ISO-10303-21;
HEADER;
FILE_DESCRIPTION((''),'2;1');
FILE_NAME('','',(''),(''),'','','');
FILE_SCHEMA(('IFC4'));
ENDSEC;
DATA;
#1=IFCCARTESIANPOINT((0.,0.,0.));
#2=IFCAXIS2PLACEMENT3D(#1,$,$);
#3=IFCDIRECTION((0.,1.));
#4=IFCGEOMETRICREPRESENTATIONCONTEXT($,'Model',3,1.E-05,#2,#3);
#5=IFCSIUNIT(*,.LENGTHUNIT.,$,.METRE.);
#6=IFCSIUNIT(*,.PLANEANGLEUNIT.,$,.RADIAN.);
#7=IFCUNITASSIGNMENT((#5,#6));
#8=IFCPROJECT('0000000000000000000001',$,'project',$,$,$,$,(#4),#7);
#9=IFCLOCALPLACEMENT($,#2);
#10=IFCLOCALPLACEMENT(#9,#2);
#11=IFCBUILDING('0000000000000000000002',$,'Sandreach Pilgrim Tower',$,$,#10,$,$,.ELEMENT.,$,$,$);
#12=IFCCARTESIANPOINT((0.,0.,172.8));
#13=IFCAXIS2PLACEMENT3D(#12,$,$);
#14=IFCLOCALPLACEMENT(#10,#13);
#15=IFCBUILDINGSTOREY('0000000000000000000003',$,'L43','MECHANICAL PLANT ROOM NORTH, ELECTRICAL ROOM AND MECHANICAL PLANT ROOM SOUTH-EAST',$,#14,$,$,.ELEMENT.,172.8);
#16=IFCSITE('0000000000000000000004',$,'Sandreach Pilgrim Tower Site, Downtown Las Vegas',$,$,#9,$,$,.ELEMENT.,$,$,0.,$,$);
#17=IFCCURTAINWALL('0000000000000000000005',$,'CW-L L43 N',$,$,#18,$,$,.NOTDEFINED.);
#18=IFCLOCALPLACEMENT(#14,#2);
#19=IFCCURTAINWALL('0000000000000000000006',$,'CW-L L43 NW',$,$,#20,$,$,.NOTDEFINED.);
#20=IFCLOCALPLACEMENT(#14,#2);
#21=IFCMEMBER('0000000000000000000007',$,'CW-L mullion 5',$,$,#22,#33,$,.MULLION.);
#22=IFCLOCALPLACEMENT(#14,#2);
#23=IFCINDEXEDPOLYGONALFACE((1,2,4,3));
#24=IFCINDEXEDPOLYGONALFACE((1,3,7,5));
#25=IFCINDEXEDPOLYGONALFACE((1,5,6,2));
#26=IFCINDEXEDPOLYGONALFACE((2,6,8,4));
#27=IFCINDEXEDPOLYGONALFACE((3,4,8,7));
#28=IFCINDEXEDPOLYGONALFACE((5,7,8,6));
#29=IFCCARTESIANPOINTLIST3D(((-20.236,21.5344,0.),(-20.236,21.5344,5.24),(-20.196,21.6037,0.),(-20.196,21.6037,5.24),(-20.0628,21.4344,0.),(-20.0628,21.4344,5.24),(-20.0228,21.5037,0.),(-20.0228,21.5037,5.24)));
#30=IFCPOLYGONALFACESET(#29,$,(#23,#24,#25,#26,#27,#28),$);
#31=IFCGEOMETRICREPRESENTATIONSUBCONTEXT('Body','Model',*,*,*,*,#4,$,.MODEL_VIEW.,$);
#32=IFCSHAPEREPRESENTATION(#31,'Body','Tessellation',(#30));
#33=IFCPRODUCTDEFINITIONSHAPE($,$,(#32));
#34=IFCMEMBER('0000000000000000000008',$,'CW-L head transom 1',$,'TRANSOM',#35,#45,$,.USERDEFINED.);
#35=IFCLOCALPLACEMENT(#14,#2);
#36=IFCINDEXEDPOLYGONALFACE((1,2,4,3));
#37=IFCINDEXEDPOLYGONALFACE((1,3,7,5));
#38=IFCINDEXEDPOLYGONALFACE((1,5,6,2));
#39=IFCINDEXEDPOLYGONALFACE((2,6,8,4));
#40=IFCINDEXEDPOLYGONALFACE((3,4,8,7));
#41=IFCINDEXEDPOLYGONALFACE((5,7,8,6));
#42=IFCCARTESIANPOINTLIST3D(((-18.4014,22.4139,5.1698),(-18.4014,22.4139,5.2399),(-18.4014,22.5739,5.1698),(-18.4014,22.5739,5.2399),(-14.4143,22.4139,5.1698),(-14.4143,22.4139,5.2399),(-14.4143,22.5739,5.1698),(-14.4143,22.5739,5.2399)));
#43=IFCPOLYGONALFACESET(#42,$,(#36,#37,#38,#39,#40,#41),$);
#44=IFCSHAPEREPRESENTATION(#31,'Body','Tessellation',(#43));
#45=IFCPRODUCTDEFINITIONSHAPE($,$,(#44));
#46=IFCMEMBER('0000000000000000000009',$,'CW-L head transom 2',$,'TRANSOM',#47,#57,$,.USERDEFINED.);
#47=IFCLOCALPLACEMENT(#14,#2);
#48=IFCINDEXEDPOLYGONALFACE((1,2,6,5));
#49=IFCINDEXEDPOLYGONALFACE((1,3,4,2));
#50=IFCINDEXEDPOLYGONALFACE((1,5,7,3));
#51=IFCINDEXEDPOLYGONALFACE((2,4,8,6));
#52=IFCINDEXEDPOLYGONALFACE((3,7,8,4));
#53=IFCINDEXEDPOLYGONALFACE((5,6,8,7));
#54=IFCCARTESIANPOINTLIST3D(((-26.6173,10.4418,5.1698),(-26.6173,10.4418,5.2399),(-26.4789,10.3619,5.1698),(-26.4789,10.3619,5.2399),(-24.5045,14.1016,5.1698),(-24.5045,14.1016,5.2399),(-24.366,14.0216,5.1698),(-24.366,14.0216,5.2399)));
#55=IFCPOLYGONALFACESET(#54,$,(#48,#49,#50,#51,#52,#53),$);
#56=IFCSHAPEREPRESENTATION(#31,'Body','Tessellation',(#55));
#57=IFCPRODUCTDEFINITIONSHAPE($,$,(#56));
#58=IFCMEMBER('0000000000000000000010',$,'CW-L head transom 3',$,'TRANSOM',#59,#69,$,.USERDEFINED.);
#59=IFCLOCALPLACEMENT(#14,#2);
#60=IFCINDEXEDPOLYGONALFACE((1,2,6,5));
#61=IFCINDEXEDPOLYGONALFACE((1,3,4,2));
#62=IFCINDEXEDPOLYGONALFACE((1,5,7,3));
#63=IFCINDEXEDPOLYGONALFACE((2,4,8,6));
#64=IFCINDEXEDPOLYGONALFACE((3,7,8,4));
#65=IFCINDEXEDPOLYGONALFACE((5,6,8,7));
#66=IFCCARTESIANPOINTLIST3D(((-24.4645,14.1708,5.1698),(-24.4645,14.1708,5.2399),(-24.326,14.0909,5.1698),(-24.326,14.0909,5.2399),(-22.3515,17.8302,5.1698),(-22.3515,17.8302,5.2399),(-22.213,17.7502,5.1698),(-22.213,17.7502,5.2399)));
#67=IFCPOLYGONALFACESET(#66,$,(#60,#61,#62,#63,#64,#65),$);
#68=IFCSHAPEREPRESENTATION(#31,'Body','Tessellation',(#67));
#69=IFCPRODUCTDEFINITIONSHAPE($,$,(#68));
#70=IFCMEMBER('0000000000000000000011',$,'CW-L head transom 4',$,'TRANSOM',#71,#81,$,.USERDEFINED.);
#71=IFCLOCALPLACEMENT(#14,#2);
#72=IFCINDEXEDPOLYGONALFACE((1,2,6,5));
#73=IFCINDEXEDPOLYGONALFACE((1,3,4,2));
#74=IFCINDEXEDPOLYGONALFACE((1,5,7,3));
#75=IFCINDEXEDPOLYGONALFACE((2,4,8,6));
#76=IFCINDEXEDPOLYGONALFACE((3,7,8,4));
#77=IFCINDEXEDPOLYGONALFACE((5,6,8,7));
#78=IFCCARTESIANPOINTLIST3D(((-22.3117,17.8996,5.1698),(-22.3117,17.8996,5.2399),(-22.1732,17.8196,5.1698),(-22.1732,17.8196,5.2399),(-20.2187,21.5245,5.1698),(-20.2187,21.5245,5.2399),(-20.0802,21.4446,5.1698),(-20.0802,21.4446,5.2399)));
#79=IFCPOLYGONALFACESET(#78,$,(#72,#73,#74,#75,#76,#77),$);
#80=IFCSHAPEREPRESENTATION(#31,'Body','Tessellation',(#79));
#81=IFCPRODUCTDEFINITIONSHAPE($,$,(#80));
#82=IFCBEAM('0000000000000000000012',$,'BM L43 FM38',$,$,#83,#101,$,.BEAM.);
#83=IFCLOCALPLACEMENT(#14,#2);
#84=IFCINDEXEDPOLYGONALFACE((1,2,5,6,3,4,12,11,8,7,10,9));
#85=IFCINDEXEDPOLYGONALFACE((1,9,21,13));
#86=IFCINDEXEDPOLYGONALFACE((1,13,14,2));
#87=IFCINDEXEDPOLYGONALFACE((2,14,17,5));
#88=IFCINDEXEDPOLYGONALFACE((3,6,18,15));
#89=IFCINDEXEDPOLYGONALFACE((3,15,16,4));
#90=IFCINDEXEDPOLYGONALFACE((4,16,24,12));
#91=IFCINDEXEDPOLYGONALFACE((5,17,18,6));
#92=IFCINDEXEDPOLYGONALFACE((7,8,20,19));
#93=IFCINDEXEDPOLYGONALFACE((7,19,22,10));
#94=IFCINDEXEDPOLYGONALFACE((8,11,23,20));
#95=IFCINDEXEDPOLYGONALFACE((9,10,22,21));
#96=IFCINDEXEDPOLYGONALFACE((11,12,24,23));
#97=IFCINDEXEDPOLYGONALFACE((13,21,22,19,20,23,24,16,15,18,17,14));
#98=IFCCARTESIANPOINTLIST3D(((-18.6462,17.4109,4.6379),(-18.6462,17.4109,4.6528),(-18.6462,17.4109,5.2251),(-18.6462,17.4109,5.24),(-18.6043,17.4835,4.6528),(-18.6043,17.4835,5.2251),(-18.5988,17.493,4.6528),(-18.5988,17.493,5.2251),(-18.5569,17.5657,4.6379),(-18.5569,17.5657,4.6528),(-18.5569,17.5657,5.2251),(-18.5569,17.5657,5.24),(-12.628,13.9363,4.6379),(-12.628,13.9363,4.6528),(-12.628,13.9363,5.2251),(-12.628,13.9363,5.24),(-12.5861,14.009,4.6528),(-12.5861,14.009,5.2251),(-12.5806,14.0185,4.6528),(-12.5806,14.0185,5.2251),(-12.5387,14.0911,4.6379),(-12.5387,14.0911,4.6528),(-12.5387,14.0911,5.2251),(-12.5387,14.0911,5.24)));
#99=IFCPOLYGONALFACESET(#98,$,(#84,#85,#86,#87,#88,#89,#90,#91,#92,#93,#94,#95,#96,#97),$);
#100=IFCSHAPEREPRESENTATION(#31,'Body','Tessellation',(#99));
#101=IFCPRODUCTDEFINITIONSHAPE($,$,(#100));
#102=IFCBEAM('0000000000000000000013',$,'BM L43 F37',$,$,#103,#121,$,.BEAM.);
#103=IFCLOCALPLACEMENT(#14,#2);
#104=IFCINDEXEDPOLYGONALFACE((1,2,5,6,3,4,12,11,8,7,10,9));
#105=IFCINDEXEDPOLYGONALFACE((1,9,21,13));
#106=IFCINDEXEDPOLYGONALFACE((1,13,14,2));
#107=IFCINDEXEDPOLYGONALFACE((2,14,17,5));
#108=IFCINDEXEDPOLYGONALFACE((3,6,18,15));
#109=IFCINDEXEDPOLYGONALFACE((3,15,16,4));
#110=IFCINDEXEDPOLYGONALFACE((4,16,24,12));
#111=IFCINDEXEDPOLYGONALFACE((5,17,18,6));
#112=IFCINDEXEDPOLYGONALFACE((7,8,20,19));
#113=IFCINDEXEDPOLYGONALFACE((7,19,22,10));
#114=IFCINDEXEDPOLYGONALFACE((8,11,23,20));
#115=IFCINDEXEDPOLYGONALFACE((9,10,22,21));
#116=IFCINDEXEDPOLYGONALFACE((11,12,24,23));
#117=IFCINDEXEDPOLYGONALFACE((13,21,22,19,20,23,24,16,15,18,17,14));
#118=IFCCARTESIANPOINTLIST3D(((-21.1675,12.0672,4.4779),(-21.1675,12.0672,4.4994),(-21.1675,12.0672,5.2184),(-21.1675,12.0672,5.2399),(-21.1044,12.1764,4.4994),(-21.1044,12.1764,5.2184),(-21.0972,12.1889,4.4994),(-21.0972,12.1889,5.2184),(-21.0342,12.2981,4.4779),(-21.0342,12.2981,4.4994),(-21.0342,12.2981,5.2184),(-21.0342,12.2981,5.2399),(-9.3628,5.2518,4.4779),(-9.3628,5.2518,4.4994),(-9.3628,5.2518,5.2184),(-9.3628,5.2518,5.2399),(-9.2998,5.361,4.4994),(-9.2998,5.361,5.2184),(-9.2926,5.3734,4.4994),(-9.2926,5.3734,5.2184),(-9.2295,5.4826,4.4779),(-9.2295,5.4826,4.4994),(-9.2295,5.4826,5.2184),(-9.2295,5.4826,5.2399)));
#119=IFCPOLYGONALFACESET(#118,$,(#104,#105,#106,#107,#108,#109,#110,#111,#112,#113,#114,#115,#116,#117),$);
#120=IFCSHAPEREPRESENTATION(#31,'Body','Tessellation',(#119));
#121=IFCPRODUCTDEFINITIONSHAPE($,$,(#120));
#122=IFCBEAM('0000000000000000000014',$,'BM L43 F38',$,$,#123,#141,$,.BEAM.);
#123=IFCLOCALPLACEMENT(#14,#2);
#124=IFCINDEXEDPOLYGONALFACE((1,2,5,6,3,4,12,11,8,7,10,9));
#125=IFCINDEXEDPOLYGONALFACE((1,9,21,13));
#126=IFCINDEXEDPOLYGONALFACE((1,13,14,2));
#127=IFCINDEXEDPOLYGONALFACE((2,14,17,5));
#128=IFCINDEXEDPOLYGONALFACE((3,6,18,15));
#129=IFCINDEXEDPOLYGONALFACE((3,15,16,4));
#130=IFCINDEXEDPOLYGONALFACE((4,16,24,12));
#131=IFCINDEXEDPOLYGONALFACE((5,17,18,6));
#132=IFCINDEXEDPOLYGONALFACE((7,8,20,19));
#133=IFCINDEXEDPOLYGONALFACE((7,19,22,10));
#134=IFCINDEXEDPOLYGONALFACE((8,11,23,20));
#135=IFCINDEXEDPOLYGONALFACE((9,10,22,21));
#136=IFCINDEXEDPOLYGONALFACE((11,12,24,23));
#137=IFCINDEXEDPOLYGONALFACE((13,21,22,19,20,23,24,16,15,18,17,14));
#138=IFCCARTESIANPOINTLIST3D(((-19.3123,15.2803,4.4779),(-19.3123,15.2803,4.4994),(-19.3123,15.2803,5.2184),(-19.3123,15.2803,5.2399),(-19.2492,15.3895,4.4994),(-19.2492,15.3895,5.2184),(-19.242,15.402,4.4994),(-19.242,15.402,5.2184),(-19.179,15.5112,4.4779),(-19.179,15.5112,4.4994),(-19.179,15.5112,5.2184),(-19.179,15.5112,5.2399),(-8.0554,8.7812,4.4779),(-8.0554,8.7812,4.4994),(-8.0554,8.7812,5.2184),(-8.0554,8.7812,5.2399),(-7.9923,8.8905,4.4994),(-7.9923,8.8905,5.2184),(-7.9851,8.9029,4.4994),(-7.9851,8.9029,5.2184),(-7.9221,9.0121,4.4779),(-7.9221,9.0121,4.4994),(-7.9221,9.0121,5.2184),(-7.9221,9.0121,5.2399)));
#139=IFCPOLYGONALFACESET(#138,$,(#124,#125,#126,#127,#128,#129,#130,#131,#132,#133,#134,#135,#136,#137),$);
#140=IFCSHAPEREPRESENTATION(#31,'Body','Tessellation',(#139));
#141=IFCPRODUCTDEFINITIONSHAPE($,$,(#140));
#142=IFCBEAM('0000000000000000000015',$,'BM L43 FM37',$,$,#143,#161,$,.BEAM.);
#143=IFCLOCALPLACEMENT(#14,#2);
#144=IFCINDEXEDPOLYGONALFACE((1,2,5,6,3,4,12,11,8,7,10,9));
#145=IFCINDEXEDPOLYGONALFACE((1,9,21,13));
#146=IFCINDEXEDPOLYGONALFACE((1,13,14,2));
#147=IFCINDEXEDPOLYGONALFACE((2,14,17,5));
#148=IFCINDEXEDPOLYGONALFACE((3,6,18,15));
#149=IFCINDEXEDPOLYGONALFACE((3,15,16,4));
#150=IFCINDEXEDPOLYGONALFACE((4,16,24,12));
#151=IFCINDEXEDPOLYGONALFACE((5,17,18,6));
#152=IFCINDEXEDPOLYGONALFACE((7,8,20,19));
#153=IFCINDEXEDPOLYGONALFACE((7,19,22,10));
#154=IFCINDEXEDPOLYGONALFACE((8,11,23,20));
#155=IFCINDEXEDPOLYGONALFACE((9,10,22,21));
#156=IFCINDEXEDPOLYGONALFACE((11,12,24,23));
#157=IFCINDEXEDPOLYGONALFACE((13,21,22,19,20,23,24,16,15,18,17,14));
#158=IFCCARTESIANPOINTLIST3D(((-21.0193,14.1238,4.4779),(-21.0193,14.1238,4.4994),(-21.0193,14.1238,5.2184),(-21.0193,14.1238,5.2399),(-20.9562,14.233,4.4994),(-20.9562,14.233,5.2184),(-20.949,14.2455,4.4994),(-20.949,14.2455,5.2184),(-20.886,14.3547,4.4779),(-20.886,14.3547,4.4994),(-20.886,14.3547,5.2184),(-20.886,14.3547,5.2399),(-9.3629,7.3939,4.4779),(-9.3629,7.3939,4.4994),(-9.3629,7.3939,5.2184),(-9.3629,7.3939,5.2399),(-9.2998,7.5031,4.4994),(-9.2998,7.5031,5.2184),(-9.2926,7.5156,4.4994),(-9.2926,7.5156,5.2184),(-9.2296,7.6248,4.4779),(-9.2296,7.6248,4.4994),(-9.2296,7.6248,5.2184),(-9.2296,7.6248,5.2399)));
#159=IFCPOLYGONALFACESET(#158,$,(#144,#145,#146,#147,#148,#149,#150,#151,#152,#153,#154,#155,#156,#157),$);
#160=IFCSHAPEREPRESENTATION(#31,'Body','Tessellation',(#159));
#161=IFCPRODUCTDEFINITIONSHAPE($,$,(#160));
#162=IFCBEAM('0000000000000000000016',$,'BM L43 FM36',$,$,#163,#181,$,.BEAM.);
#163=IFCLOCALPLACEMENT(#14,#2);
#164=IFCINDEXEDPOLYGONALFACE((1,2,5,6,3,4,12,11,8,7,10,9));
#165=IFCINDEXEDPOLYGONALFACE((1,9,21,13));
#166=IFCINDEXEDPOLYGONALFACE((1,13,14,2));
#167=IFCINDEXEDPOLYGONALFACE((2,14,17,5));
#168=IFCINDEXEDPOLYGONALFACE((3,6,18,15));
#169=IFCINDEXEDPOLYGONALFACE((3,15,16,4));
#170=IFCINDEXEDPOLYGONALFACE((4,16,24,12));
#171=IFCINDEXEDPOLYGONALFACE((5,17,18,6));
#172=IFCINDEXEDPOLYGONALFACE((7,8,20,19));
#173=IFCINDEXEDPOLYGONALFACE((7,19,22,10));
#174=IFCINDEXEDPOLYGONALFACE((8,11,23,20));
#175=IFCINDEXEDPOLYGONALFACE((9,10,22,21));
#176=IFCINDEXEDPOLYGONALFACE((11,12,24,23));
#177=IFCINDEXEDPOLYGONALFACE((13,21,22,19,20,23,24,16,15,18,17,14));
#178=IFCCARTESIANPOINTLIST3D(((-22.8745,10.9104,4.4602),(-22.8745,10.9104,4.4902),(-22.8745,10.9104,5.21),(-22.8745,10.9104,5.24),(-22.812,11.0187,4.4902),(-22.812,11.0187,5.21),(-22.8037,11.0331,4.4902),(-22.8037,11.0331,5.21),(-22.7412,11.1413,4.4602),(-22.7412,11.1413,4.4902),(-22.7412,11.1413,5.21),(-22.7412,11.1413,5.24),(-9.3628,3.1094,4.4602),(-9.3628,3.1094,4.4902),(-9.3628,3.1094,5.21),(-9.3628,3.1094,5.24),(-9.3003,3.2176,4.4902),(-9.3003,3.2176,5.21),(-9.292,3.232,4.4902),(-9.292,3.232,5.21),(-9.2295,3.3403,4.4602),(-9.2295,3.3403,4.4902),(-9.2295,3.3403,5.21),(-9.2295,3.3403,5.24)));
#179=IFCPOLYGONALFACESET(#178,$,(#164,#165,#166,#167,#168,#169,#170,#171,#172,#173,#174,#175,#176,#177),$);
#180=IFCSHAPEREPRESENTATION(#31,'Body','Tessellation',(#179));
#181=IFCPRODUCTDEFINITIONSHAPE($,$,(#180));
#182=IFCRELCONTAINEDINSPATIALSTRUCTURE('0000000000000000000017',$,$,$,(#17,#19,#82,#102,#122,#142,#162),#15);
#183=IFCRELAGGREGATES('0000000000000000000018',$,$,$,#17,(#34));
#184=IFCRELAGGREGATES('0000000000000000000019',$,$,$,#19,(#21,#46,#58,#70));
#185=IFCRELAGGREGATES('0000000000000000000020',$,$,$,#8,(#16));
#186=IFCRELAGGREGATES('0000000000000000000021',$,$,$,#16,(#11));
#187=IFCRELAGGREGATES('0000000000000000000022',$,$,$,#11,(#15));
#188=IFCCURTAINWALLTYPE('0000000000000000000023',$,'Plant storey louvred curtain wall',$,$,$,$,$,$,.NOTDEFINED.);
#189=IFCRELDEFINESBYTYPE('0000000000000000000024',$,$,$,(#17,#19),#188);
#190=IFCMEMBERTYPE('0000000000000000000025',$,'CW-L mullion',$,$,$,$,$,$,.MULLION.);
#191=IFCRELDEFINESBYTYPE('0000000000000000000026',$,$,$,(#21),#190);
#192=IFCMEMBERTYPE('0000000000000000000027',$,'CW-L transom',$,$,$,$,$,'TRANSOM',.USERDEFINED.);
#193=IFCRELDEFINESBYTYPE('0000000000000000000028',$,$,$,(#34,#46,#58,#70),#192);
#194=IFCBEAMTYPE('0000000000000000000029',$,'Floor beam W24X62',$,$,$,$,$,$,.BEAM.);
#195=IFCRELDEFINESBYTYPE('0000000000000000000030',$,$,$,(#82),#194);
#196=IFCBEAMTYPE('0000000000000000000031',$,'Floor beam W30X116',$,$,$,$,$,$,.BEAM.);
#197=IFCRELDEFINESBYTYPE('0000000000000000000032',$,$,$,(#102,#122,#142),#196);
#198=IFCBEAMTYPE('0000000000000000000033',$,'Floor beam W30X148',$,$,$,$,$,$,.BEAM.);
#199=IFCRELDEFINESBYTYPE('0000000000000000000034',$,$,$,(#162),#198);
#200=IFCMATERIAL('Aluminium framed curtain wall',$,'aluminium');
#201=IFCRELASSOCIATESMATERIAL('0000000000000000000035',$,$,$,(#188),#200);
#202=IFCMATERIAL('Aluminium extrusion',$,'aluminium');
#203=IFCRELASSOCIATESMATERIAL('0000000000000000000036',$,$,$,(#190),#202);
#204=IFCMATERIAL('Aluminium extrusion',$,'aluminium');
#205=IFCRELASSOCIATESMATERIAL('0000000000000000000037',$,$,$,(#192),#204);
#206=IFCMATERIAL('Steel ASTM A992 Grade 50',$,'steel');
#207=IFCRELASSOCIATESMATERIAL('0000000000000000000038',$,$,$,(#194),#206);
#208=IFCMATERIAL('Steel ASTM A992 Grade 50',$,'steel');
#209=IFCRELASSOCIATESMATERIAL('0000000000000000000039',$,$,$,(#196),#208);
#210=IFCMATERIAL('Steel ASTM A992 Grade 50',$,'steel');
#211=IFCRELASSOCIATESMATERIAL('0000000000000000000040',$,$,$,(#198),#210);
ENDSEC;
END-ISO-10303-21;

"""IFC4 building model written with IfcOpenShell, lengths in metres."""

from ifc_helpers import new_model, si_unit, direction, frame, origin, origin_2d, place, context, subcontext, project, spatial, rectangle, i_section, extrude, material, material_profile, profile_set, type_object, element, aggregate, save


model = new_model("IFC4")

# Units and contexts
model_context = context("Model", 3, precision=1e-05, world=origin(), true_north=direction((0.0, 1.0)))
body_context = subcontext(model_context, "Body", "Model", "MODEL_VIEW")
ifc_project = project(units=[si_unit("LENGTHUNIT", "METRE"), si_unit("PLANEANGLEUNIT", "RADIAN")], contexts=[model_context])

# Site, building, storey
site_placement = place(None, origin())
site = spatial("IfcSite", under=ifc_project, at=site_placement, Name="Sandreach Pilgrim Tower Site, Downtown Las Vegas", CompositionType="ELEMENT", RefElevation=0.0)
building_placement = place(site_placement, origin())
building = spatial("IfcBuilding", under=site, at=building_placement, Name="Sandreach Pilgrim Tower", CompositionType="ELEMENT")
storey_placement = place(building_placement, frame((0.0, 0.0, 172.8)))
storey = spatial("IfcBuildingStorey", under=building, at=storey_placement, Name="L43", Description="MECHANICAL PLANT ROOM NORTH, ELECTRICAL ROOM AND MECHANICAL PLANT ROOM SOUTH-EAST", CompositionType="ELEMENT", Elevation=172.8)

# Curtain wall
ifc_material_1 = material(Name="Aluminium framed curtain wall", Category="aluminium")
curtain_wall_type = type_object("IfcCurtainWallType", Name="Plant storey louvred curtain wall", PredefinedType="NOTDEFINED", material=ifc_material_1)
curtain_wall_1_placement = place(storey_placement, origin())
curtain_wall_1 = element("IfcCurtainWall", 1, at=curtain_wall_1_placement, inside=storey, type_object=curtain_wall_type, Name="CW-L L43 N", PredefinedType="NOTDEFINED")
ifc_material_2 = material(Name="Aluminium extrusion", Category="aluminium")
ifc_material_profile_1 = material_profile(ifc_material_2, rectangle(XDim=0.0801, YDim=0.2, at=origin_2d()), Name="CW-LM 80X200")
ifc_profile_set_1 = profile_set([ifc_material_profile_1], Name="Aluminium extrusion")
member_type_1 = type_object("IfcMemberType", Name="CW-L mullion", PredefinedType="MULLION", material=ifc_profile_set_1)

# Curtain wall, member
curtain_wall_2_placement = place(storey_placement, origin())
curtain_wall_2 = element("IfcCurtainWall", 2, at=curtain_wall_2_placement, inside=storey, type_object=curtain_wall_type, Name="CW-L L43 NW", PredefinedType="NOTDEFINED")
member_1_placement = place(storey_placement, frame((-20.1294, 21.519, 0.0), z_axis=(0.0, 0.0, 1.0), x_axis=(0.5, 0.866025, 0.0)))
member_1 = element("IfcMember", 3, at=member_1_placement, type_object=member_type_1, Name="CW-L mullion 5", PredefinedType="MULLION", context=body_context, shape_type="SweptSolid", body=[
    extrude(rectangle(XDim=0.0801, YDim=0.2, at=origin_2d()), origin(), (0.0, 0.0, 1.0), 5.24),
])

# Members
ifc_material_3 = material(Name="Aluminium extrusion", Category="aluminium")
ifc_material_profile_2 = material_profile(ifc_material_3, rectangle(XDim=0.1599, YDim=0.0701, at=origin_2d()), Name="CW-LT 160X70")
ifc_profile_set_2 = profile_set([ifc_material_profile_2], Name="Aluminium extrusion")
member_type_2 = type_object("IfcMemberType", Name="CW-L transom", ElementType="TRANSOM", PredefinedType="USERDEFINED", material=ifc_profile_set_2)
member_2_placement = place(storey_placement, frame((-18.4014, 22.4939, 5.2048), z_axis=(1.0, 0.0, 0.0), x_axis=(0.0, 1.0, 0.0)))
member_2 = element("IfcMember", 4, at=member_2_placement, type_object=member_type_2, Name="CW-L head transom 1", ObjectType="TRANSOM", PredefinedType="USERDEFINED", context=body_context, shape_type="SweptSolid", body=[
    extrude(rectangle(XDim=0.1599, YDim=0.0701, at=origin_2d()), origin(), (0.0, 0.0, 1.0), 3.9871),
])
aggregate(curtain_wall_1, [member_2])
member_3_placement = place(storey_placement, frame((-26.5481, 10.4019, 5.2048), z_axis=(0.499979, 0.866037, 0.0), x_axis=(-0.866037, 0.499979, 0.0)))
member_3 = element("IfcMember", 5, at=member_3_placement, type_object=member_type_2, Name="CW-L head transom 2", ObjectType="TRANSOM", PredefinedType="USERDEFINED", context=body_context, shape_type="SweptSolid", body=[
    extrude(rectangle(XDim=0.1599, YDim=0.0701, at=origin_2d()), origin(), (0.0, 0.0, 1.0), 4.2258),
])
member_4_placement = place(storey_placement, frame((-24.3953, 14.1309, 5.2048), z_axis=(0.500048, 0.865998, 0.0), x_axis=(-0.865998, 0.500048, 0.0)))
member_4 = element("IfcMember", 6, at=member_4_placement, type_object=member_type_2, Name="CW-L head transom 3", ObjectType="TRANSOM", PredefinedType="USERDEFINED", context=body_context, shape_type="SweptSolid", body=[
    extrude(rectangle(XDim=0.1599, YDim=0.0701, at=origin_2d()), origin(), (0.0, 0.0, 1.0), 4.2256),
])
member_5_placement = place(storey_placement, frame((-22.2424, 17.8596, 5.2048), z_axis=(0.500022, 0.866013, 0.0), x_axis=(-0.866013, 0.500022, 0.0)))
member_5 = element("IfcMember", 7, at=member_5_placement, type_object=member_type_2, Name="CW-L head transom 4", ObjectType="TRANSOM", PredefinedType="USERDEFINED", context=body_context, shape_type="SweptSolid", body=[
    extrude(rectangle(XDim=0.1599, YDim=0.0701, at=origin_2d()), origin(), (0.0, 0.0, 1.0), 4.1858),
])

# Beams
ifc_material_4 = material(Name="Steel ASTM A992 Grade 50", Category="steel")
ifc_material_profile_3 = material_profile(ifc_material_4, i_section(OverallWidth=0.1787, OverallDepth=0.6021, WebThickness=0.011, FlangeThickness=0.0149, at=origin_2d()), Name="W24X62")
ifc_profile_set_3 = profile_set([ifc_material_profile_3], Name="Steel ASTM A992 Grade 50")
beam_type_1 = type_object("IfcBeamType", Name="Floor beam W24X62", PredefinedType="BEAM", material=ifc_profile_set_3)
beam_1_placement = place(storey_placement, frame((-18.6016, 17.4883, 4.939), z_axis=(0.866029, -0.499993, 0.0), x_axis=(0.499993, 0.866029, 0.0)))
element("IfcBeam", 8, at=beam_1_placement, inside=storey, type_object=beam_type_1, Name="BM L43 FM38", PredefinedType="BEAM", context=body_context, shape_type="SweptSolid", body=[
    extrude(i_section(OverallWidth=0.1787, OverallDepth=0.6021, WebThickness=0.011, FlangeThickness=0.0149, at=origin_2d()), origin(), (0.0, 0.0, 1.0), 6.9492),
])
ifc_material_5 = material(Name="Steel ASTM A992 Grade 50", Category="steel")
ifc_material_profile_4 = material_profile(ifc_material_5, i_section(OverallWidth=0.2666, OverallDepth=0.762, WebThickness=0.0144, FlangeThickness=0.0215, at=origin_2d()), Name="W30X116")
ifc_profile_set_4 = profile_set([ifc_material_profile_4], Name="Steel ASTM A992 Grade 50")
beam_type_2 = type_object("IfcBeamType", Name="Floor beam W30X116", PredefinedType="BEAM", material=ifc_profile_set_4)
beam_2_placement = place(storey_placement, frame((-21.1008, 12.1826, 4.8589), z_axis=(0.866026, -0.499999, 0.0), x_axis=(0.499999, 0.866026, 0.0)))
element("IfcBeam", 9, at=beam_2_placement, inside=storey, type_object=beam_type_2, Name="BM L43 F37", PredefinedType="BEAM", context=body_context, shape_type="SweptSolid", body=[
    extrude(i_section(OverallWidth=0.2666, OverallDepth=0.762, WebThickness=0.0144, FlangeThickness=0.0215, at=origin_2d()), origin(), (0.0, 0.0, 1.0), 13.6309),
])
beam_3_placement = place(storey_placement, frame((-19.2456, 15.3958, 4.8589), z_axis=(0.866029, -0.499993, 0.0), x_axis=(0.499993, 0.866029, 0.0)))
element("IfcBeam", 10, at=beam_3_placement, inside=storey, type_object=beam_type_2, Name="BM L43 F38", PredefinedType="BEAM", context=body_context, shape_type="SweptSolid", body=[
    extrude(i_section(OverallWidth=0.2666, OverallDepth=0.762, WebThickness=0.0144, FlangeThickness=0.0215, at=origin_2d()), origin(), (0.0, 0.0, 1.0), 12.9983),
])
beam_4_placement = place(storey_placement, frame((-20.9526, 14.2393, 4.8589), z_axis=(0.866022, -0.500006, 0.0), x_axis=(0.500006, 0.866022, 0.0)))
element("IfcBeam", 11, at=beam_4_placement, inside=storey, type_object=beam_type_2, Name="BM L43 FM37", PredefinedType="BEAM", context=body_context, shape_type="SweptSolid", body=[
    extrude(i_section(OverallWidth=0.2666, OverallDepth=0.762, WebThickness=0.0144, FlangeThickness=0.0215, at=origin_2d()), origin(), (0.0, 0.0, 1.0), 13.4597),
])
ifc_material_6 = material(Name="Steel ASTM A992 Grade 50", Category="steel")
ifc_material_profile_5 = material_profile(ifc_material_6, i_section(OverallWidth=0.2666, OverallDepth=0.7798, WebThickness=0.0166, FlangeThickness=0.03, at=origin_2d()), Name="W30X148")
ifc_profile_set_5 = profile_set([ifc_material_profile_5], Name="Steel ASTM A992 Grade 50")
beam_type_3 = type_object("IfcBeamType", Name="Floor beam W30X148", PredefinedType="BEAM", material=ifc_profile_set_5)
beam_5_placement = place(storey_placement, frame((-22.8079, 11.0259, 4.8501), z_axis=(0.866025, -0.500001, 0.0), x_axis=(0.500001, 0.866025, 0.0)))
element("IfcBeam", 12, at=beam_5_placement, inside=storey, type_object=beam_type_3, Name="BM L43 FM36", PredefinedType="BEAM", context=body_context, shape_type="SweptSolid", body=[
    extrude(i_section(OverallWidth=0.2666, OverallDepth=0.7798, WebThickness=0.0166, FlangeThickness=0.03, at=origin_2d()), origin(), (0.0, 0.0, 1.0), 15.6021),
])

aggregate(curtain_wall_2, [member_1, member_3, member_4, member_5])

save(model, "model.ifc")
